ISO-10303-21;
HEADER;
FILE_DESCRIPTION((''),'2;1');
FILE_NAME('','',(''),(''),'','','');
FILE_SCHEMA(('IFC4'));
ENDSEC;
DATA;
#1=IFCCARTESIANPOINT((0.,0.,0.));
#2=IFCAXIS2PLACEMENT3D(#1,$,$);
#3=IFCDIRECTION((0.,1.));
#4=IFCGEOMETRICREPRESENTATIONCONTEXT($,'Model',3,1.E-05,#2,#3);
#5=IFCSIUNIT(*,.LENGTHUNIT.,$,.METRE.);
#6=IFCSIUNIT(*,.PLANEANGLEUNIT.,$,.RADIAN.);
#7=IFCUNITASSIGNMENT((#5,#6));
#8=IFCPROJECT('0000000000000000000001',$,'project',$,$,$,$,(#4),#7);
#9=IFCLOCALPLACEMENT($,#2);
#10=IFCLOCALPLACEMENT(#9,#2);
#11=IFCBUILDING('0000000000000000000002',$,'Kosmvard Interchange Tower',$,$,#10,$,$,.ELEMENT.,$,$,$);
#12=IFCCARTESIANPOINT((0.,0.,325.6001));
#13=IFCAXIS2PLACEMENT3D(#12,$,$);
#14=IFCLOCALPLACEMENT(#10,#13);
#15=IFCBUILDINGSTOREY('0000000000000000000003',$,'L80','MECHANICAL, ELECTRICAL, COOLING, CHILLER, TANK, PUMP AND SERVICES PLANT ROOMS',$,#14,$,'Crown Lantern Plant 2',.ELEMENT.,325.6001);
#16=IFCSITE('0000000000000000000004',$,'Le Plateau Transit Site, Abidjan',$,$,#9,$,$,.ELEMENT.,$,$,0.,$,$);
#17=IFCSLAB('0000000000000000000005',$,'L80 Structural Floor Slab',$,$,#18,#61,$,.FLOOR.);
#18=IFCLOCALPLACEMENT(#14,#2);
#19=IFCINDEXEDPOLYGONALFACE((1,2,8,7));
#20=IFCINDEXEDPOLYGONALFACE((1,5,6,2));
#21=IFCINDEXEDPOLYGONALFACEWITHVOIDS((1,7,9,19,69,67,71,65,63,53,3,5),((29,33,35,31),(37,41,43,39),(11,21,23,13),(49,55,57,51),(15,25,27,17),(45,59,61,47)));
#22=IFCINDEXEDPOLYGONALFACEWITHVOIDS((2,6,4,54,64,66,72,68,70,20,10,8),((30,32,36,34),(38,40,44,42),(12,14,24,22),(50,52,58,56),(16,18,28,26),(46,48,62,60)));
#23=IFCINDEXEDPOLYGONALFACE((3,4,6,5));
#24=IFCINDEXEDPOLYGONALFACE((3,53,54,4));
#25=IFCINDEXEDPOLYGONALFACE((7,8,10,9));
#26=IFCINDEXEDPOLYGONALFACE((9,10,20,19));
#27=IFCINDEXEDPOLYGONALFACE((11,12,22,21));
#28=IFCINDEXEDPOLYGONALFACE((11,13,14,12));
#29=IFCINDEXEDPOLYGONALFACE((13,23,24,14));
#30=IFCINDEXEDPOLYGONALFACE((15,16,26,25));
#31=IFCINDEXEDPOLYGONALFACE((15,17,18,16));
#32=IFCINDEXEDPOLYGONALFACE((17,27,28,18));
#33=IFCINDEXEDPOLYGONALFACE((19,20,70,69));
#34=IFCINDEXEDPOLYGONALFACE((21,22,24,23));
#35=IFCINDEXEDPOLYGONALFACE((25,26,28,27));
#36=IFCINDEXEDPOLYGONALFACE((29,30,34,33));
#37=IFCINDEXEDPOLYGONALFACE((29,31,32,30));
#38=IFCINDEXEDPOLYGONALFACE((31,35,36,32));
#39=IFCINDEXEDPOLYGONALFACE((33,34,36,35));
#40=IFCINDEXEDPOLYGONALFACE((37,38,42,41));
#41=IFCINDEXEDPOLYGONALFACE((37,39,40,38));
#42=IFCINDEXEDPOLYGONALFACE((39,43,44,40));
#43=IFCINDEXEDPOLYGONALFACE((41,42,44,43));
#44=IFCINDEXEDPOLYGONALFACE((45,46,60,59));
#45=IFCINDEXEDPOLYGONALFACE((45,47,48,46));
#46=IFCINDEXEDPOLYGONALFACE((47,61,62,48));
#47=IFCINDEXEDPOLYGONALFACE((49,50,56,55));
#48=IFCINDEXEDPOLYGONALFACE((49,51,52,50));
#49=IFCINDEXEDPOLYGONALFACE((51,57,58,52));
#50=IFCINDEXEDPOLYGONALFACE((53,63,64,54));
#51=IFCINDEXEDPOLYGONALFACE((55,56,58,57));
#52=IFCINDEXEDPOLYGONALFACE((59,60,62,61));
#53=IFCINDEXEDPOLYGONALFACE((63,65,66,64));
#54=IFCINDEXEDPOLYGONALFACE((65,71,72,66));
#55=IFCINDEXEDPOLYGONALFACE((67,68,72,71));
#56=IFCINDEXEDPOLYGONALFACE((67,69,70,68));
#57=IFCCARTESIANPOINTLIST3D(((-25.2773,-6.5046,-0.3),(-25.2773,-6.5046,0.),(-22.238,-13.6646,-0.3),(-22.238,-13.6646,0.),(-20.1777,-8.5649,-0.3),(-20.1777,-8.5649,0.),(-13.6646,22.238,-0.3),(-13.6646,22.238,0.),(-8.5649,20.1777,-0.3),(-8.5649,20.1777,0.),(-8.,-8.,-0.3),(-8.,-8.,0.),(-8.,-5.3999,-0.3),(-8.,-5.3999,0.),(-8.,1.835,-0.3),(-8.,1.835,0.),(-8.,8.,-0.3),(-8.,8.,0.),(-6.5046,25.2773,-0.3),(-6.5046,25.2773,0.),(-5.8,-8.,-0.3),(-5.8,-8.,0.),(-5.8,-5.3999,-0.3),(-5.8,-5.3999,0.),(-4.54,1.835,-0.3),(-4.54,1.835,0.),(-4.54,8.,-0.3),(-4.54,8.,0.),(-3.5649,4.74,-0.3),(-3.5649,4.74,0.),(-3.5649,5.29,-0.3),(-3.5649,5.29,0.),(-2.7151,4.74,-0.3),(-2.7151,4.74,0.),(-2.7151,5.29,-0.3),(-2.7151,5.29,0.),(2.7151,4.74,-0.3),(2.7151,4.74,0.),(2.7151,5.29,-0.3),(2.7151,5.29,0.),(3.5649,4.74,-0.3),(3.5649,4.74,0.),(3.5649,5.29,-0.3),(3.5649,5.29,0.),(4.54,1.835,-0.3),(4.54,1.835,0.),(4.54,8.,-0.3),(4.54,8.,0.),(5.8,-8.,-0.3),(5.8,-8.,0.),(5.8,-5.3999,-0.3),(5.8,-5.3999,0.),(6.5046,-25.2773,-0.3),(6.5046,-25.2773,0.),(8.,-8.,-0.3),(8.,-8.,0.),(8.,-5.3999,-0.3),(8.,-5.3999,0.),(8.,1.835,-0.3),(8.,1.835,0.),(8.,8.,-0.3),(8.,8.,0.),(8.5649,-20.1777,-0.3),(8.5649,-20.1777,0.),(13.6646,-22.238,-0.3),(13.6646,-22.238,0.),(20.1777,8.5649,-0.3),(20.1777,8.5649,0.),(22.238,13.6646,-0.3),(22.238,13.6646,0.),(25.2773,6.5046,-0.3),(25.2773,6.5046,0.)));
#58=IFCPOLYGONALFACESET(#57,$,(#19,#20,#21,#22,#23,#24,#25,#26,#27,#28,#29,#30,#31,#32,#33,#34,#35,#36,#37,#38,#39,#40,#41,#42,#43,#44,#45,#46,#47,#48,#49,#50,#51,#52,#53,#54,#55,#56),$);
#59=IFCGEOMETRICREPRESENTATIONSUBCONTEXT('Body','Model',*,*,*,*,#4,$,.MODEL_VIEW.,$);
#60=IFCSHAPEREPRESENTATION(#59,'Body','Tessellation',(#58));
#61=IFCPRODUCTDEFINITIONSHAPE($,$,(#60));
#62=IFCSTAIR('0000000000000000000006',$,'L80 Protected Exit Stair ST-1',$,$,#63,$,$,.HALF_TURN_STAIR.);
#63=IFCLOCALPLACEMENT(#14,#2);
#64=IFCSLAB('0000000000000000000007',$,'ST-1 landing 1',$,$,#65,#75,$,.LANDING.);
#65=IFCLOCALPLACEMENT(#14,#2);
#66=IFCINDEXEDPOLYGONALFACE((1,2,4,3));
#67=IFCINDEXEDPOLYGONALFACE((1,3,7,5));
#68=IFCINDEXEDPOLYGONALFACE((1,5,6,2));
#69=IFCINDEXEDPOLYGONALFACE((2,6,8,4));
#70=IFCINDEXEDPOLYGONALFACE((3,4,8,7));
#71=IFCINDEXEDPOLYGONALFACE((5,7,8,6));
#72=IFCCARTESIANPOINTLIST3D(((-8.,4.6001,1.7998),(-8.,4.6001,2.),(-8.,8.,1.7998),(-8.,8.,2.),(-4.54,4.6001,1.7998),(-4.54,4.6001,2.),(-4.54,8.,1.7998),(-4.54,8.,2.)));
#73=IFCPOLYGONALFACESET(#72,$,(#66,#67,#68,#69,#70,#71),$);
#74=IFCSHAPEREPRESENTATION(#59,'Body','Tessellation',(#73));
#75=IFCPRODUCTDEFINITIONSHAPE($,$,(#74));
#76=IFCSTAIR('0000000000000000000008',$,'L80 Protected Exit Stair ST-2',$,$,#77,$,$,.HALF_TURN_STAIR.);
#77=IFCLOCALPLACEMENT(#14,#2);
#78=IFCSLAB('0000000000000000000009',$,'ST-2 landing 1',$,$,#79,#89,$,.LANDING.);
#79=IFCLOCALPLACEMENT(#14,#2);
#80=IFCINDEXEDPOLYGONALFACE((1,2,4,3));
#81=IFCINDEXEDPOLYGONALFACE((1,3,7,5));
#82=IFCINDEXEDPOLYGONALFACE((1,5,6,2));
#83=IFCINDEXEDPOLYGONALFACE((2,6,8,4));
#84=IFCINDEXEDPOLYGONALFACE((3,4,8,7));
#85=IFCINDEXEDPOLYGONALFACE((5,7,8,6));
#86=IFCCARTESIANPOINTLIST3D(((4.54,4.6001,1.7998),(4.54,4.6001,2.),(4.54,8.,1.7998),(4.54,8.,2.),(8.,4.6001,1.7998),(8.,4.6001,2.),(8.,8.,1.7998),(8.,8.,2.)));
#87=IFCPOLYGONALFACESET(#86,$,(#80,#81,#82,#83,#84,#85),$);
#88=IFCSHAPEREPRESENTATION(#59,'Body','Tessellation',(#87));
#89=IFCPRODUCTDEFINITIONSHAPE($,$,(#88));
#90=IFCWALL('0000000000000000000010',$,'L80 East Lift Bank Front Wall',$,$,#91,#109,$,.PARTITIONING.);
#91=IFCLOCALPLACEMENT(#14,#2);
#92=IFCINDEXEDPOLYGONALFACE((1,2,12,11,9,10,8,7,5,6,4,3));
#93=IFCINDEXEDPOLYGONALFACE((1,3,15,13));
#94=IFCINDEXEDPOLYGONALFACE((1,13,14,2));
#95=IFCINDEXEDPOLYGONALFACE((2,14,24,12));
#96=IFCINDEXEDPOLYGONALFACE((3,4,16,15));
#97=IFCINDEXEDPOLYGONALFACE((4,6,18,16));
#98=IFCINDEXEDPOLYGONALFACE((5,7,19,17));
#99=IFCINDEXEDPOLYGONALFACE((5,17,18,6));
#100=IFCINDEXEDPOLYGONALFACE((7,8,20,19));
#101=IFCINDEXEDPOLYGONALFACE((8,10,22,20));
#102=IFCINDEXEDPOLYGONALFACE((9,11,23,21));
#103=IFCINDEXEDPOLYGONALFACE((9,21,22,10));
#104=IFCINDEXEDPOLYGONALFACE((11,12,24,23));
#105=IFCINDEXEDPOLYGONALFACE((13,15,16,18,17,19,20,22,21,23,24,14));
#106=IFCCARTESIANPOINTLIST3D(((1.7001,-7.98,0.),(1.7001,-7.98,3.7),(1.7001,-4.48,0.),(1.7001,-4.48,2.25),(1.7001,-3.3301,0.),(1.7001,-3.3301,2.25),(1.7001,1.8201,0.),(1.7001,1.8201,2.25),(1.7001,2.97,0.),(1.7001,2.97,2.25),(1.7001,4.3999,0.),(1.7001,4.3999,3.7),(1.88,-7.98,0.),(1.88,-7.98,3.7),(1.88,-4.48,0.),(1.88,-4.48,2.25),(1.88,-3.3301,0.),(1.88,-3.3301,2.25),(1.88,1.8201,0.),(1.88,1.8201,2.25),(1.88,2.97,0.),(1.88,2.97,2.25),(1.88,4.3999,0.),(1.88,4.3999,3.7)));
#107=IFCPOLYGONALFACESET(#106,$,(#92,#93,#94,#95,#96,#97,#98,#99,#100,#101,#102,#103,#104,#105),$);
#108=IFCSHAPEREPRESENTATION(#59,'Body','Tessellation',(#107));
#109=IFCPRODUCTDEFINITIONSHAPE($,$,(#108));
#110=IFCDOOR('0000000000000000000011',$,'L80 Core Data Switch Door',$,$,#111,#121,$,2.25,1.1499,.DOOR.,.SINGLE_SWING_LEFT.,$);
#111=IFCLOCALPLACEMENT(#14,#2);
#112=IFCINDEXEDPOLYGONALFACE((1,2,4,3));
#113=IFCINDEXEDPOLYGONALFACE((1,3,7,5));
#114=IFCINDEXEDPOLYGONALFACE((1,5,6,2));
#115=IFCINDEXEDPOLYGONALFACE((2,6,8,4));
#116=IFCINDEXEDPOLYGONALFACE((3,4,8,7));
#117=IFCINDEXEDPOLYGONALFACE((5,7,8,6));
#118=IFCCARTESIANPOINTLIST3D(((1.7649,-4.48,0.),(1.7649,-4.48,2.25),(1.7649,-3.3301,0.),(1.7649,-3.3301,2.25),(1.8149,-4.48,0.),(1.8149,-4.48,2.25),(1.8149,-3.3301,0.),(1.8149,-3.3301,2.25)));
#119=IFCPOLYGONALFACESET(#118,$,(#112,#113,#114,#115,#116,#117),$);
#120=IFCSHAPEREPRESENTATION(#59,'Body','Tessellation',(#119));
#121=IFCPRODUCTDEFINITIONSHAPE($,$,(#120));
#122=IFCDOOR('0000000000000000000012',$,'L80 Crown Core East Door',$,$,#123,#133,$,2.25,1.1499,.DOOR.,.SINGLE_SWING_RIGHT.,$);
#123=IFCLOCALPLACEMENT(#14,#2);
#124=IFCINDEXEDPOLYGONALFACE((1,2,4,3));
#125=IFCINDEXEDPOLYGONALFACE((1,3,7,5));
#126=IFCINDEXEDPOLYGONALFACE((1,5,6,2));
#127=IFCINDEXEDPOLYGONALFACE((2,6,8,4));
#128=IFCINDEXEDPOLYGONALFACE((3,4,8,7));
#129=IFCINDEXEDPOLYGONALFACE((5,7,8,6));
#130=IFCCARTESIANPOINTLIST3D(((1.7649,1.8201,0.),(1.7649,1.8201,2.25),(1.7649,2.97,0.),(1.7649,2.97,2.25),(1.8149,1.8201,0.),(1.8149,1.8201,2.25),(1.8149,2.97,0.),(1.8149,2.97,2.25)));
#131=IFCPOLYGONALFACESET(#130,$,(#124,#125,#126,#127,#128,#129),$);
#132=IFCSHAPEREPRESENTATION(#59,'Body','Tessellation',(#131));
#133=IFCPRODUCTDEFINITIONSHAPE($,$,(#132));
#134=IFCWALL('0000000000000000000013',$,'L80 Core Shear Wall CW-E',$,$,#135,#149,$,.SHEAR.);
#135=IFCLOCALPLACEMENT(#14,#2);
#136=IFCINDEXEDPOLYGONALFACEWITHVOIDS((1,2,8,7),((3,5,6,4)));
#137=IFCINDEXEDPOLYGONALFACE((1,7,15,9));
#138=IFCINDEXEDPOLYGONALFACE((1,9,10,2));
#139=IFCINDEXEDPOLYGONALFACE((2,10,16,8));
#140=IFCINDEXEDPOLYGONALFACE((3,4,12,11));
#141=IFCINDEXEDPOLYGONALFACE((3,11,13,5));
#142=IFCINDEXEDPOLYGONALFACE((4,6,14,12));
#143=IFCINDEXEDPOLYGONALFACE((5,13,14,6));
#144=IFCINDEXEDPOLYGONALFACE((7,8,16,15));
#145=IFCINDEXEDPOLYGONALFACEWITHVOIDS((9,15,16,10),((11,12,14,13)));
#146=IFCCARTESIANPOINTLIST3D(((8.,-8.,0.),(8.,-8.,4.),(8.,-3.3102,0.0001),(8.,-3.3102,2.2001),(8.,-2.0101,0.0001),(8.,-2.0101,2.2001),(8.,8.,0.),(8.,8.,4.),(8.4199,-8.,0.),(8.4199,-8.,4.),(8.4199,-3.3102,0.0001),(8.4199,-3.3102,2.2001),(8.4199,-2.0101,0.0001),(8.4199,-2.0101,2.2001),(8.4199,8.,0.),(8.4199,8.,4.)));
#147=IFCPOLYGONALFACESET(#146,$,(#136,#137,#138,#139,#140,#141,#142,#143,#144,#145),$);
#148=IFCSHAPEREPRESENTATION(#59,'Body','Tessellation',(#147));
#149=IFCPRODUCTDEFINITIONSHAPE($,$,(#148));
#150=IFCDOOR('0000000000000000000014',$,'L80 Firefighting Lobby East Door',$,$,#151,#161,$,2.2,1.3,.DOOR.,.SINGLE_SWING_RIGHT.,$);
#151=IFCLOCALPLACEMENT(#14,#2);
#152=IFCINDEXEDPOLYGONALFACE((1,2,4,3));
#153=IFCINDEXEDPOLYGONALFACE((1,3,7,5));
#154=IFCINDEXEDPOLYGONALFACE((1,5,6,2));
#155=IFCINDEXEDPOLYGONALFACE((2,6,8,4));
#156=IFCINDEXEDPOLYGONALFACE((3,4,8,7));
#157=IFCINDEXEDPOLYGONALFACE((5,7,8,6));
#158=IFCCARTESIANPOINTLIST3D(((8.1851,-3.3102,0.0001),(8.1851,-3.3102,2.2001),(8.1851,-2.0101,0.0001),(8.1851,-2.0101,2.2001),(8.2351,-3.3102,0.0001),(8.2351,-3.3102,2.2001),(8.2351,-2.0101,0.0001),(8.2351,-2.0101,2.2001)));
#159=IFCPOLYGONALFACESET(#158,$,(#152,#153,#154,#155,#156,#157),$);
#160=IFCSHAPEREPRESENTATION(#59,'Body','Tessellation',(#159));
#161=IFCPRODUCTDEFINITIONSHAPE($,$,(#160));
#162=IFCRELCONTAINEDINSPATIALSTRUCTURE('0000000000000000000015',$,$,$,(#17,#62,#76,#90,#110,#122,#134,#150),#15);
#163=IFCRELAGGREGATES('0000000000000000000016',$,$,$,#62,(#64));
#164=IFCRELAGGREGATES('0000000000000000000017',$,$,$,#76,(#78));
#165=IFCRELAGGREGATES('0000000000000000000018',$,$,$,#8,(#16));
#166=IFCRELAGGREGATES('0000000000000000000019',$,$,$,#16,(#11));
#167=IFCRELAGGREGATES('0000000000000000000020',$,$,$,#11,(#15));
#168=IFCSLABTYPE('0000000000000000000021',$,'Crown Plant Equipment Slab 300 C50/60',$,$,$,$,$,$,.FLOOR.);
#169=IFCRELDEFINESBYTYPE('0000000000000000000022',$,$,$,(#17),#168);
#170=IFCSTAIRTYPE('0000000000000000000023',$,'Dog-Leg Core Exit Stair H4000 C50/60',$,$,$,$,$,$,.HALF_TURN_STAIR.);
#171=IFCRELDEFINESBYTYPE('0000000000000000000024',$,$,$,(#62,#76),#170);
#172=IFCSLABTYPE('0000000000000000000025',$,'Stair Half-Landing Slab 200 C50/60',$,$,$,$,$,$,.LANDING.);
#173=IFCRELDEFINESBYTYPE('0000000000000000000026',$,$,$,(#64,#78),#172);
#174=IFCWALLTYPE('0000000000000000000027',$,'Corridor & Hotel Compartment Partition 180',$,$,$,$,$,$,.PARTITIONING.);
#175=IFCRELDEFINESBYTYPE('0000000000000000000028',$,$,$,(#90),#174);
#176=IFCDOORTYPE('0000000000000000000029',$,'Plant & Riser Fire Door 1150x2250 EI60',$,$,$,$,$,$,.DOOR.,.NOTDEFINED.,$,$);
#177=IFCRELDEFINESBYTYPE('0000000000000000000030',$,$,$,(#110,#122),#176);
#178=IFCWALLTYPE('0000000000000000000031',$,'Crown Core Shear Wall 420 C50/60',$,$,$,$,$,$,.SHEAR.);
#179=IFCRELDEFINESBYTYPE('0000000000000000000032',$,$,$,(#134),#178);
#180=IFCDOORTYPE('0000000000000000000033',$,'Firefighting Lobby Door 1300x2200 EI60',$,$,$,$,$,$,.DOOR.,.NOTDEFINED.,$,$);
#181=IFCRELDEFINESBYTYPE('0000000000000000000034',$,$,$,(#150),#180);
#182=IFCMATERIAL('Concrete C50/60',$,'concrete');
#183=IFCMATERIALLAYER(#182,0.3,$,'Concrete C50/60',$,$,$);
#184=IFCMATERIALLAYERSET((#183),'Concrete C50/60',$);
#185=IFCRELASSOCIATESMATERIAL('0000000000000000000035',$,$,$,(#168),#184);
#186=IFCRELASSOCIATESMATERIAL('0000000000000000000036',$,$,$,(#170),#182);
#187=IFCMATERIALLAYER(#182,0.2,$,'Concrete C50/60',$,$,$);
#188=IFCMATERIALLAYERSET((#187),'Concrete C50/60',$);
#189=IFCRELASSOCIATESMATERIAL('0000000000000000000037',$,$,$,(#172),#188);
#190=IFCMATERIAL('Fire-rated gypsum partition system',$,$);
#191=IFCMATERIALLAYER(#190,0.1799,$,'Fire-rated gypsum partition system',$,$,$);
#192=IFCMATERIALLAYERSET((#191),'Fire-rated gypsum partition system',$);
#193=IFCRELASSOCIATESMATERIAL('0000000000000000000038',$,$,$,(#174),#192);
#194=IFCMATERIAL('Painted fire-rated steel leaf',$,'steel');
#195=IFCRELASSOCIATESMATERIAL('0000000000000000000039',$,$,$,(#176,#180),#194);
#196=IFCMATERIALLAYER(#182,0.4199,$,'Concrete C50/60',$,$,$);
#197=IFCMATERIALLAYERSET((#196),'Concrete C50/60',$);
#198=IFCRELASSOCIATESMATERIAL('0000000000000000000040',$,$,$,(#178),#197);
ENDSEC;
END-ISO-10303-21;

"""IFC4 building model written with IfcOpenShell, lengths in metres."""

from ifc_helpers import new_model, si_unit, direction, frame, frame_2d, origin, place, context, subcontext, project, spatial, polyline, rectangle, outline, extrude, source, transform, mapped, material, layer, layer_set, type_object, element, fill, aggregate, save


model = new_model("IFC4")

# Units and contexts
model_context = context("Model", 3, precision=1e-05, world=origin(), true_north=direction((0.0, 1.0)))
body_context = subcontext(model_context, "Body", "Model", "MODEL_VIEW")
ifc_project = project(units=[si_unit("LENGTHUNIT", "METRE"), si_unit("PLANEANGLEUNIT", "RADIAN")], contexts=[model_context])

# Site, building, storey
site_placement = place(None, origin())
site = spatial("IfcSite", under=ifc_project, at=site_placement, Name="Le Plateau Transit Site, Abidjan", CompositionType="ELEMENT", RefElevation=0.0)
building_placement = place(site_placement, origin())
building = spatial("IfcBuilding", under=site, at=building_placement, Name="Kosmvard Interchange Tower", CompositionType="ELEMENT")
storey_placement = place(building_placement, frame((0.0, 0.0, 325.6001)))
storey = spatial("IfcBuildingStorey", under=building, at=storey_placement, Name="L80", Description="MECHANICAL, ELECTRICAL, COOLING, CHILLER, TANK, PUMP AND SERVICES PLANT ROOMS", LongName="Crown Lantern Plant 2", CompositionType="ELEMENT", Elevation=325.6001)

# Shared definitions
ifc_material_1 = material(Name="Concrete C50/60", Category="concrete")

# Slab
ifc_layer_1 = layer(ifc_material_1, 0.3, Name="Concrete C50/60")
ifc_layer_set_1 = layer_set([ifc_layer_1], Name="Concrete C50/60")
slab_type_1 = type_object("IfcSlabType", Name="Crown Plant Equipment Slab 300 C50/60", PredefinedType="FLOOR", material=ifc_layer_set_1)
slab_1_placement = place(storey_placement, frame((0.0, 0.0, -0.3)))
element("IfcSlab", 1, at=slab_1_placement, inside=storey, type_object=slab_type_1, Name="L80 Structural Floor Slab", PredefinedType="FLOOR", context=body_context, shape_type="SweptSolid", body=[
    extrude(outline(polyline([(13.6646, -22.238), (25.2773, 6.5046), (20.1777, 8.5649), (22.238, 13.6646), (-6.5046, 25.2773), (-8.5649, 20.1777), (-13.6646, 22.238), (-25.2773, -6.5046), (-20.1777, -8.5649), (-22.238, -13.6646), (6.5046, -25.2773), (8.5649, -20.1777), (13.6646, -22.238)]), holes=[polyline([(-8.0, 1.835), (-4.54, 1.835), (-4.54, 8.0), (-8.0, 8.0), (-8.0, 1.835)]), polyline([(4.54, 1.835), (8.0, 1.835), (8.0, 8.0), (4.54, 8.0), (4.54, 1.835)]), polyline([(-8.0, -8.0), (-5.8, -8.0), (-5.8, -5.3999), (-8.0, -5.3999), (-8.0, -8.0)]), polyline([(5.8, -8.0), (8.0, -8.0), (8.0, -5.3999), (5.8, -5.3999), (5.8, -8.0)]), polyline([(-3.5649, 4.74), (-2.7151, 4.74), (-2.7151, 5.29), (-3.5649, 5.29), (-3.5649, 4.74)]), polyline([(2.7151, 4.74), (3.5649, 4.74), (3.5649, 5.29), (2.7151, 5.29), (2.7151, 4.74)])]), origin(), (0.0, 0.0, 1.0), 0.3),
])

# Stairs, slabs
stair_type = type_object("IfcStairType", Name="Dog-Leg Core Exit Stair H4000 C50/60", PredefinedType="HALF_TURN_STAIR", material=ifc_material_1)
stair_1_placement = place(storey_placement, origin())
stair_1 = element("IfcStair", 2, at=stair_1_placement, inside=storey, type_object=stair_type, Name="L80 Protected Exit Stair ST-1", PredefinedType="HALF_TURN_STAIR")
ifc_layer_2 = layer(ifc_material_1, 0.2, Name="Concrete C50/60")
ifc_layer_set_2 = layer_set([ifc_layer_2], Name="Concrete C50/60")
slab_type_2 = type_object("IfcSlabType", Name="Stair Half-Landing Slab 200 C50/60", PredefinedType="LANDING", material=ifc_layer_set_2)
slab_2_placement = place(storey_placement, frame((0.0, 0.0, 1.7998)))
slab_2 = element("IfcSlab", 3, at=slab_2_placement, type_object=slab_type_2, Name="ST-1 landing 1", PredefinedType="LANDING", context=body_context, shape_type="SweptSolid", body=[
    extrude(outline(polyline([(-4.54, 4.6001), (-4.54, 8.0), (-8.0, 8.0), (-8.0, 4.6001), (-4.54, 4.6001)])), origin(), (0.0, 0.0, 1.0), 0.2002),
])
aggregate(stair_1, [slab_2])
stair_2_placement = place(storey_placement, origin())
stair_2 = element("IfcStair", 4, at=stair_2_placement, inside=storey, type_object=stair_type, Name="L80 Protected Exit Stair ST-2", PredefinedType="HALF_TURN_STAIR")
slab_3_placement = place(storey_placement, frame((0.0, 0.0, 1.7998)))
slab_3 = element("IfcSlab", 5, at=slab_3_placement, type_object=slab_type_2, Name="ST-2 landing 1", PredefinedType="LANDING", context=body_context, shape_type="SweptSolid", body=[
    extrude(outline(polyline([(8.0, 4.6001), (8.0, 8.0), (4.54, 8.0), (4.54, 4.6001), (8.0, 4.6001)])), origin(), (0.0, 0.0, 1.0), 0.2002),
])
aggregate(stair_2, [slab_3])

# Wall, openings, doors
ifc_material_2 = material(Name="Fire-rated gypsum partition system")
ifc_layer_3 = layer(ifc_material_2, 0.1799, Name="Fire-rated gypsum partition system")
ifc_layer_set_3 = layer_set([ifc_layer_3], Name="Fire-rated gypsum partition system")
wall_type_1 = type_object("IfcWallType", Name="Corridor & Hotel Compartment Partition 180", PredefinedType="PARTITIONING", material=ifc_layer_set_3)
wall_1_placement = place(storey_placement, frame((1.79, -7.98, 0.0), z_axis=(0.0, 0.0, 1.0), x_axis=(0.0, 1.0, 0.0)))
wall_1 = element("IfcWall", 6, at=wall_1_placement, inside=storey, type_object=wall_type_1, Name="L80 East Lift Bank Front Wall", PredefinedType="PARTITIONING", context=body_context, shape_type="SweptSolid", body=[
    extrude(rectangle(XDim=12.3799, YDim=0.1799, at=frame_2d((6.1899, 0.0))), origin(), (0.0, 0.0, 1.0), 3.7),
])
opening_1_placement = place(wall_1_placement, frame((3.5, 0.0, 0.0)))
opening_1 = element("IfcOpeningElement", 7, at=opening_1_placement, cuts=wall_1, PredefinedType="OPENING", context=body_context, shape_type="SweptSolid", body=[
    extrude(rectangle(XDim=1.1499, YDim=2.25, at=frame_2d((0.575, 1.125))), frame((0.0, 0.1001, 0.0), z_axis=(0.0, -1.0, 0.0), x_axis=(1.0, 0.0, 0.0)), (0.0, 0.0, 1.0), 0.2),
])
opening_2_placement = place(wall_1_placement, frame((9.8, 0.0, 0.0)))
opening_2 = element("IfcOpeningElement", 8, at=opening_2_placement, cuts=wall_1, PredefinedType="OPENING", context=body_context, shape_type="SweptSolid", body=[
    extrude(rectangle(XDim=1.1499, YDim=2.25, at=frame_2d((0.575, 1.125))), frame((0.0, 0.1001, 0.0), z_axis=(0.0, -1.0, 0.0), x_axis=(1.0, 0.0, 0.0)), (0.0, 0.0, 1.0), 0.2),
])
ifc_material_3 = material(Name="Painted fire-rated steel leaf", Category="steel")
door_type_1 = type_object("IfcDoorType", Name="Plant & Riser Fire Door 1150x2250 EI60", OperationType="NOTDEFINED", PredefinedType="DOOR", material=ifc_material_3)
shared_shape_1 = source(origin(), body_context, "Body", "SweptSolid", [
    extrude(rectangle(XDim=1.1499, YDim=2.25, at=frame_2d((0.575, 1.125))), frame((0.0, 0.0249, 0.0), z_axis=(0.0, -1.0, 0.0), x_axis=(1.0, 0.0, 0.0)), (0.0, 0.0, 1.0), 0.05),
])
door_1_placement = place(opening_1_placement, frame((1.1499, 0.0, 0.0), z_axis=(0.0, 0.0, 1.0), x_axis=(-1.0, 0.0, 0.0)))
door_1 = element("IfcDoor", 9, at=door_1_placement, inside=storey, type_object=door_type_1, Name="L80 Core Data Switch Door", OperationType="SINGLE_SWING_LEFT", OverallHeight=2.25, OverallWidth=1.1499, PredefinedType="DOOR", context=body_context, shape_type="MappedRepresentation", body=[
    mapped(shared_shape_1, transform((0.0, 0.0, 0.0), scale=1.0)),
])
fill(opening_1, door_1)
door_2_placement = place(opening_2_placement, frame((1.1499, 0.0, 0.0), z_axis=(0.0, 0.0, 1.0), x_axis=(-1.0, 0.0, 0.0)))
door_2 = element("IfcDoor", 10, at=door_2_placement, inside=storey, type_object=door_type_1, Name="L80 Crown Core East Door", OperationType="SINGLE_SWING_RIGHT", OverallHeight=2.25, OverallWidth=1.1499, PredefinedType="DOOR", context=body_context, shape_type="MappedRepresentation", body=[
    mapped(shared_shape_1, transform((0.0, 0.0, 0.0), scale=1.0)),
])
fill(opening_2, door_2)

# Wall, opening, door
ifc_layer_4 = layer(ifc_material_1, 0.4199, Name="Concrete C50/60")
ifc_layer_set_4 = layer_set([ifc_layer_4], Name="Concrete C50/60")
wall_type_2 = type_object("IfcWallType", Name="Crown Core Shear Wall 420 C50/60", PredefinedType="SHEAR", material=ifc_layer_set_4)
wall_2_placement = place(storey_placement, frame((8.21, -8.0, 0.0), z_axis=(0.0, 0.0, 1.0), x_axis=(0.0, 1.0, 0.0)))
wall_2 = element("IfcWall", 11, at=wall_2_placement, inside=storey, type_object=wall_type_2, Name="L80 Core Shear Wall CW-E", PredefinedType="SHEAR", context=body_context, shape_type="SweptSolid", body=[
    extrude(rectangle(XDim=16.0, YDim=0.4199, at=frame_2d((8.0, 0.0))), origin(), (0.0, 0.0, 1.0), 4.0),
])
opening_3_placement = place(wall_2_placement, frame((4.6899, 0.0, 0.0)))
opening_3 = element("IfcOpeningElement", 12, at=opening_3_placement, cuts=wall_2, PredefinedType="OPENING", context=body_context, shape_type="SweptSolid", body=[
    extrude(rectangle(XDim=1.3, YDim=2.2, at=frame_2d((0.6499, 1.1001))), frame((0.0, 0.22, 0.0), z_axis=(0.0, -1.0, 0.0), x_axis=(1.0, 0.0, 0.0)), (0.0, 0.0, 1.0), 0.4399),
])
door_type_2 = type_object("IfcDoorType", Name="Firefighting Lobby Door 1300x2200 EI60", OperationType="NOTDEFINED", PredefinedType="DOOR", material=ifc_material_3)
shared_shape_2 = source(origin(), body_context, "Body", "SweptSolid", [
    extrude(rectangle(XDim=1.3, YDim=2.2, at=frame_2d((0.6499, 1.1001))), frame((0.0, 0.0249, 0.0), z_axis=(0.0, -1.0, 0.0), x_axis=(1.0, 0.0, 0.0)), (0.0, 0.0, 1.0), 0.05),
])
door_3_placement = place(opening_3_placement, origin())
door_3 = element("IfcDoor", 13, at=door_3_placement, inside=storey, type_object=door_type_2, Name="L80 Firefighting Lobby East Door", OperationType="SINGLE_SWING_RIGHT", OverallHeight=2.2, OverallWidth=1.3, PredefinedType="DOOR", context=body_context, shape_type="MappedRepresentation", body=[
    mapped(shared_shape_2, transform((0.0, 0.0, 0.0), scale=1.0)),
])
fill(opening_3, door_3)

save(model, "model.ifc")
